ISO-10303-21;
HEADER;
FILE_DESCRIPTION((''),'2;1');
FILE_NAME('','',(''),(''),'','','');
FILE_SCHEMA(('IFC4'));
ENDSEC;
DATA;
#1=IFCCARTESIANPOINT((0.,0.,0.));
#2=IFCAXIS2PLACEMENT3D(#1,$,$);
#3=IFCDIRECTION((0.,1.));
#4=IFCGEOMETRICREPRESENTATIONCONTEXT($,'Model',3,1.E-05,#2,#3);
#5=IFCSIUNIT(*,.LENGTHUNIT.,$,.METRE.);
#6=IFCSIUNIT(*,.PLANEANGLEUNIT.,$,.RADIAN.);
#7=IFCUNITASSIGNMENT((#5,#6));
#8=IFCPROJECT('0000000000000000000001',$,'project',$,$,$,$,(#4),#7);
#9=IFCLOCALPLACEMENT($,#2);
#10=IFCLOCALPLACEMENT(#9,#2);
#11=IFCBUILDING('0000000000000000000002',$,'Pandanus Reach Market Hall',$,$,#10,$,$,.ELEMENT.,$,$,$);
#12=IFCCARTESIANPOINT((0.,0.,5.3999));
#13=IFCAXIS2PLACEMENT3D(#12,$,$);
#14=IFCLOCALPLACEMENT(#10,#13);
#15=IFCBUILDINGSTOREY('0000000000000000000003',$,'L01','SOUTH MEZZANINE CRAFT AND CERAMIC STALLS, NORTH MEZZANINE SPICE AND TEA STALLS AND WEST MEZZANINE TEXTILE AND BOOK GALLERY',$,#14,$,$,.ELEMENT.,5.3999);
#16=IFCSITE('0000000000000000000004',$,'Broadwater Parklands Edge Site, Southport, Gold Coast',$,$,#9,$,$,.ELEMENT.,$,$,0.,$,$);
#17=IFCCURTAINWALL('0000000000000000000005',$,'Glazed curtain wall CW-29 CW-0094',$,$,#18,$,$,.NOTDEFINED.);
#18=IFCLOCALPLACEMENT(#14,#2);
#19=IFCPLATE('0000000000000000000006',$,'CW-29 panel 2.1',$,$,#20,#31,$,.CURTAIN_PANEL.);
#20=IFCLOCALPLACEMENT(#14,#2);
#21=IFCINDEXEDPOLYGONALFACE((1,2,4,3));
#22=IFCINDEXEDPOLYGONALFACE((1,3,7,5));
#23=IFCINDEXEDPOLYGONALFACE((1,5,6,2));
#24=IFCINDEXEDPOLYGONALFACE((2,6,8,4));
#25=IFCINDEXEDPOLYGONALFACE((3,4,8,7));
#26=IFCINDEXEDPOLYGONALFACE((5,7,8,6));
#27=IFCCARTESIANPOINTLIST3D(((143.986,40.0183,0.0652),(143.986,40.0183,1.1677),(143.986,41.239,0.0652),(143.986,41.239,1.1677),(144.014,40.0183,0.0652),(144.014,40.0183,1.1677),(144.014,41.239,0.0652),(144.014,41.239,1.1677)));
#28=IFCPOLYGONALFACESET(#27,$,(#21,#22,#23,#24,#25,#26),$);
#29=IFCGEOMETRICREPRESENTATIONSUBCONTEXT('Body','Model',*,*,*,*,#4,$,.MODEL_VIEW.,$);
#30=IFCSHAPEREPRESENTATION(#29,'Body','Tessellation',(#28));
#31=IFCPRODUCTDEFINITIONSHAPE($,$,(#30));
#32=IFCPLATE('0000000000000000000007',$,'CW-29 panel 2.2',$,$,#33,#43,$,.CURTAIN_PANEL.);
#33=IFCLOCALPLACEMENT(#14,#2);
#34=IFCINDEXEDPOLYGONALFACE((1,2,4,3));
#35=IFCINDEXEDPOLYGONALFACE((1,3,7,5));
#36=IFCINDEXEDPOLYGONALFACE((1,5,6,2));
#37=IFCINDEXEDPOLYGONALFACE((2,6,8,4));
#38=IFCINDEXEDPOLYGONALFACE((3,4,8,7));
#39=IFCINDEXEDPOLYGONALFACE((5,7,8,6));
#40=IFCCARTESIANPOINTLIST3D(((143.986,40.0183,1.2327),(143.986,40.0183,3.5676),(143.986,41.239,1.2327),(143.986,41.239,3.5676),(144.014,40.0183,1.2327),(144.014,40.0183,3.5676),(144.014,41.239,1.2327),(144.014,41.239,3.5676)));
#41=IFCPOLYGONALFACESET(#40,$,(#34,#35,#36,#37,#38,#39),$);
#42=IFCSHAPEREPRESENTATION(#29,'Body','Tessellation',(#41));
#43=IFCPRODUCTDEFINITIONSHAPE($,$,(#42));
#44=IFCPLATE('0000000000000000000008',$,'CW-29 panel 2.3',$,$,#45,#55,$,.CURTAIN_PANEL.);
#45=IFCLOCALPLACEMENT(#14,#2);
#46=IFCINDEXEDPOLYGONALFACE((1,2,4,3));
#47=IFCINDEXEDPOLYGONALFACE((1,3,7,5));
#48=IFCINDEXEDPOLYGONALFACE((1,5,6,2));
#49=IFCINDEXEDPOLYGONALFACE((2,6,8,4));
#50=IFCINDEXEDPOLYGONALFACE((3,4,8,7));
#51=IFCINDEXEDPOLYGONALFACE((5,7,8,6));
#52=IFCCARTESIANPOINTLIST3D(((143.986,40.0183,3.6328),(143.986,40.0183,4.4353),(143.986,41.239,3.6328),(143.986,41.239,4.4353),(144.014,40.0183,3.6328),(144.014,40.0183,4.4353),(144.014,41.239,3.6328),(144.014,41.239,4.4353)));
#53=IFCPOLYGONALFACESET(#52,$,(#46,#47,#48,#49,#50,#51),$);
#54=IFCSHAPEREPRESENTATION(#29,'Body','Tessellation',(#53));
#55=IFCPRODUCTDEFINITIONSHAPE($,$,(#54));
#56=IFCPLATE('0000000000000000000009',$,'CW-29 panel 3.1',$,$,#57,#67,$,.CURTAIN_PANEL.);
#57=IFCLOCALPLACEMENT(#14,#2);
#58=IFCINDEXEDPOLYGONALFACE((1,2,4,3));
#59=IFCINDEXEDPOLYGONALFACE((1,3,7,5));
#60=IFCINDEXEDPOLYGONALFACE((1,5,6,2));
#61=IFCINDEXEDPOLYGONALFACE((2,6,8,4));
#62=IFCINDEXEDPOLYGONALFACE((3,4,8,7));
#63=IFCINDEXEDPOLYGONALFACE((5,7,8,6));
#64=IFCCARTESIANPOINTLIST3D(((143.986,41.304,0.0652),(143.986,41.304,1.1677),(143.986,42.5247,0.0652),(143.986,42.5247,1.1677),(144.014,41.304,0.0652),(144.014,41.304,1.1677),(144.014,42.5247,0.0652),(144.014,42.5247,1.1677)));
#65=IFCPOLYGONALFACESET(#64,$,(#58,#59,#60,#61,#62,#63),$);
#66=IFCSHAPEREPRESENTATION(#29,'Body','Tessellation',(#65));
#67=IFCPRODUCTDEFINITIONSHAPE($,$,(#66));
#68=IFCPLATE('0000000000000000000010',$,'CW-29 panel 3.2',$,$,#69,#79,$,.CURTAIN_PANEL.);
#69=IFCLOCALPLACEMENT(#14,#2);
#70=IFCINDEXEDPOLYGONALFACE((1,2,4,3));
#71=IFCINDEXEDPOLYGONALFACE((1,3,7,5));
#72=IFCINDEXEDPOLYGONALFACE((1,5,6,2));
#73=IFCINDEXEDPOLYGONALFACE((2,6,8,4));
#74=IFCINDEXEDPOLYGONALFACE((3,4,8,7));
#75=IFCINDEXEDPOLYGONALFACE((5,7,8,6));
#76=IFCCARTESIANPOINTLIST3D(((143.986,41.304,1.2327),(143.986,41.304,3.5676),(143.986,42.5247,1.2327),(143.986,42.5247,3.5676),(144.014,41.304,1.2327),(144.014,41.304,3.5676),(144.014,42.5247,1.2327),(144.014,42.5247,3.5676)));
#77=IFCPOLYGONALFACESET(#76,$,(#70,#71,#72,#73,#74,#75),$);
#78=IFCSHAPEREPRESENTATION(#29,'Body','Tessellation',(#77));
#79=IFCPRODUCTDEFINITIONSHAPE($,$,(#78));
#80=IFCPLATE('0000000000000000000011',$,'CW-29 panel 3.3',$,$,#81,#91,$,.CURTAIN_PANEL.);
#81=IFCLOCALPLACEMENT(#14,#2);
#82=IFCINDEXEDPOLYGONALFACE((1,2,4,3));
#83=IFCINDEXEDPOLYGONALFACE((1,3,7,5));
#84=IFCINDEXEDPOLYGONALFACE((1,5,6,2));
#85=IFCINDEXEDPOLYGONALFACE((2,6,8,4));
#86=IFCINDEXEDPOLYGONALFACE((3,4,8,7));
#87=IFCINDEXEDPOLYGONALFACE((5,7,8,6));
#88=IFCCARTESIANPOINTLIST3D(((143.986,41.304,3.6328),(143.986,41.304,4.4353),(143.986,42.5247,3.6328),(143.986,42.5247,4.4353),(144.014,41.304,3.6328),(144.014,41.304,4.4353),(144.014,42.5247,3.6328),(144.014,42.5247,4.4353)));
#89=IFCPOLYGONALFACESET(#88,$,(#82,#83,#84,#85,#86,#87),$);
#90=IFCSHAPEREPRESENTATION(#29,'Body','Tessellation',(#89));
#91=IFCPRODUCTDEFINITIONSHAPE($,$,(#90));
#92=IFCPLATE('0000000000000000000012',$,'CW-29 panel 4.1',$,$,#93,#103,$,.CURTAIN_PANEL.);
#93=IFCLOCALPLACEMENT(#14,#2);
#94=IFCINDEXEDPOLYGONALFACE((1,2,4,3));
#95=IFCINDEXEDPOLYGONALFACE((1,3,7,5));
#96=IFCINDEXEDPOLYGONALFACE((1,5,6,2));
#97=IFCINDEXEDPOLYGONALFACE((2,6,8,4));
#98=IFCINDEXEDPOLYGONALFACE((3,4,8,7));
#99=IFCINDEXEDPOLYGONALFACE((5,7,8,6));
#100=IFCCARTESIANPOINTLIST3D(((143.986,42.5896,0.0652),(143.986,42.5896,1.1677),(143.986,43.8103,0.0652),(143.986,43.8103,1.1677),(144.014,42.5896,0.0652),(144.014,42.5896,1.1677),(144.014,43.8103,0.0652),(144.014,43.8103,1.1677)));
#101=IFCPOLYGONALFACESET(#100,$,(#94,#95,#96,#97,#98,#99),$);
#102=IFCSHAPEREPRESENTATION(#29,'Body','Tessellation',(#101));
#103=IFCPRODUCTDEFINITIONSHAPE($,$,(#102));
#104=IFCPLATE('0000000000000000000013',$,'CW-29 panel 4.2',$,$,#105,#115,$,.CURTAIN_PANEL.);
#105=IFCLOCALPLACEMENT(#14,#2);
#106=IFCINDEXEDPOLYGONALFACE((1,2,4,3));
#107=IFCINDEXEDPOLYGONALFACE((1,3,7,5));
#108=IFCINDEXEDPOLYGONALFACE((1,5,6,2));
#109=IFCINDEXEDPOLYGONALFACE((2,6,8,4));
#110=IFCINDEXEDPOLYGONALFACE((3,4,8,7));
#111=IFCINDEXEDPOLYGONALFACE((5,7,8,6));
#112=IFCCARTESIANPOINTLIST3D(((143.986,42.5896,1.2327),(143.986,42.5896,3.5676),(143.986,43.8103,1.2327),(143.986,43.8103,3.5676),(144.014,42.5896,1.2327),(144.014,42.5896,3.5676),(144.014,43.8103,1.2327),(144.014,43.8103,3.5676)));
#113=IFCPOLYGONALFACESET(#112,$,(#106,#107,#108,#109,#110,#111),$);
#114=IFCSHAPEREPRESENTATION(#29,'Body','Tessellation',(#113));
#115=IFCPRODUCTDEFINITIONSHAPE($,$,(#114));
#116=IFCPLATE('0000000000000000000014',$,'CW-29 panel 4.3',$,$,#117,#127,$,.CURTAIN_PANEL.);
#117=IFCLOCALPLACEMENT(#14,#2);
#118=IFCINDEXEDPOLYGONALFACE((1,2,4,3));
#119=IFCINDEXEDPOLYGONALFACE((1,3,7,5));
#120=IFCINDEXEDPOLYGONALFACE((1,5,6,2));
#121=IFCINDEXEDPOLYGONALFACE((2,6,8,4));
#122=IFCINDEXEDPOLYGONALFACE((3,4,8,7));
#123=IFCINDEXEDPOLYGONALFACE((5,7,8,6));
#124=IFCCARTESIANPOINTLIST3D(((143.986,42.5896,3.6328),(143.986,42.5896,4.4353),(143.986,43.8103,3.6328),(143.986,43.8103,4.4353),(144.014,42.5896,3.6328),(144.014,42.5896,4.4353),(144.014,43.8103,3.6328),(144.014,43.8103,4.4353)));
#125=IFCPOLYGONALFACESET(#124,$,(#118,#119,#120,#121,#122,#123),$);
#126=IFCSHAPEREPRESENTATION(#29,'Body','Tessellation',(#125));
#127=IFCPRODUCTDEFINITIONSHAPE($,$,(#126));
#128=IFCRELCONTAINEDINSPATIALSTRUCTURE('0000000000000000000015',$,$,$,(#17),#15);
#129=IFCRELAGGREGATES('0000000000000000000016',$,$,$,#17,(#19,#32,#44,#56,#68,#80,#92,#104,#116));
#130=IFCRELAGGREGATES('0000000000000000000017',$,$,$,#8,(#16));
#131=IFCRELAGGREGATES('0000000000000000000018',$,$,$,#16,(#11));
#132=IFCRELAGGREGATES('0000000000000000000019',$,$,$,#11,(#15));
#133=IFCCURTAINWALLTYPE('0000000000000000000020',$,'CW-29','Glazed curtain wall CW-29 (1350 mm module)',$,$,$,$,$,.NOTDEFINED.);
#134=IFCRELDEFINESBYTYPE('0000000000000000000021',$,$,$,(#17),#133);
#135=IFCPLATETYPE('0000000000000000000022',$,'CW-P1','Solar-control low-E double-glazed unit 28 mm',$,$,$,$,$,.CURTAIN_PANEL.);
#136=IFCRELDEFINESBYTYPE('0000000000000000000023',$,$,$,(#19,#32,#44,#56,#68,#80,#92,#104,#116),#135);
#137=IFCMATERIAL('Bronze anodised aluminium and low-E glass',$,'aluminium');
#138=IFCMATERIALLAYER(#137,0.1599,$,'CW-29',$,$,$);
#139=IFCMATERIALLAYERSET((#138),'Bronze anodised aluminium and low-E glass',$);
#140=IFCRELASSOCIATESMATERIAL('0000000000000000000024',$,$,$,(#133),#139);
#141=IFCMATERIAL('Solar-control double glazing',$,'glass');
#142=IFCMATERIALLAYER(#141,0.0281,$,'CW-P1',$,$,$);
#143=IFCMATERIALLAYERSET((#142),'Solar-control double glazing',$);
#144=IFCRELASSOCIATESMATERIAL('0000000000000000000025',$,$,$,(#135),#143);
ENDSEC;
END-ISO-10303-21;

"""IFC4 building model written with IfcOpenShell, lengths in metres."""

from ifc_helpers import new_model, si_unit, direction, frame, origin, origin_2d, place, context, subcontext, project, spatial, rectangle, extrude, material, layer, layer_set, type_object, element, aggregate, save


model = new_model("IFC4")

# Units and contexts
model_context = context("Model", 3, precision=1e-05, world=origin(), true_north=direction((0.0, 1.0)))
body_context = subcontext(model_context, "Body", "Model", "MODEL_VIEW")
ifc_project = project(units=[si_unit("LENGTHUNIT", "METRE"), si_unit("PLANEANGLEUNIT", "RADIAN")], contexts=[model_context])

# Site, building, storey
site_placement = place(None, origin())
site = spatial("IfcSite", under=ifc_project, at=site_placement, Name="Broadwater Parklands Edge Site, Southport, Gold Coast", CompositionType="ELEMENT", RefElevation=0.0)
building_placement = place(site_placement, origin())
building = spatial("IfcBuilding", under=site, at=building_placement, Name="Pandanus Reach Market Hall", CompositionType="ELEMENT")
storey_placement = place(building_placement, frame((0.0, 0.0, 5.3999)))
storey = spatial("IfcBuildingStorey", under=building, at=storey_placement, Name="L01", Description="SOUTH MEZZANINE CRAFT AND CERAMIC STALLS, NORTH MEZZANINE SPICE AND TEA STALLS AND WEST MEZZANINE TEXTILE AND BOOK GALLERY", CompositionType="ELEMENT", Elevation=5.3999)

# Curtain wall, plates
ifc_material_1 = material(Name="Bronze anodised aluminium and low-E glass", Category="aluminium")
ifc_layer_1 = layer(ifc_material_1, 0.1599, Name="CW-29")
ifc_layer_set_1 = layer_set([ifc_layer_1], Name="Bronze anodised aluminium and low-E glass")
curtain_wall_type = type_object("IfcCurtainWallType", Name="CW-29", Description="Glazed curtain wall CW-29 (1350 mm module)", PredefinedType="NOTDEFINED", material=ifc_layer_set_1)
curtain_wall_placement = place(storey_placement, origin())
curtain_wall = element("IfcCurtainWall", 1, at=curtain_wall_placement, inside=storey, type_object=curtain_wall_type, Name="Glazed curtain wall CW-29 CW-0094", PredefinedType="NOTDEFINED")
ifc_material_2 = material(Name="Solar-control double glazing", Category="glass")
ifc_layer_2 = layer(ifc_material_2, 0.0281, Name="CW-P1")
ifc_layer_set_2 = layer_set([ifc_layer_2], Name="Solar-control double glazing")
plate_type = type_object("IfcPlateType", Name="CW-P1", Description="Solar-control low-E double-glazed unit 28 mm", PredefinedType="CURTAIN_PANEL", material=ifc_layer_set_2)
plate_1_placement = place(storey_placement, frame((144.0, 40.6287, 0.0652), z_axis=(0.0, 0.0, 1.0), x_axis=(0.0, 1.0, 0.0)))
plate_1 = element("IfcPlate", 2, at=plate_1_placement, type_object=plate_type, Name="CW-29 panel 2.1", PredefinedType="CURTAIN_PANEL", context=body_context, shape_type="SweptSolid", body=[
    extrude(rectangle(XDim=1.2207, YDim=0.0281, at=origin_2d()), origin(), (0.0, 0.0, 1.0), 1.1025),
])
plate_2_placement = place(storey_placement, frame((144.0, 40.6287, 1.2327), z_axis=(0.0, 0.0, 1.0), x_axis=(0.0, 1.0, 0.0)))
plate_2 = element("IfcPlate", 3, at=plate_2_placement, type_object=plate_type, Name="CW-29 panel 2.2", PredefinedType="CURTAIN_PANEL", context=body_context, shape_type="SweptSolid", body=[
    extrude(rectangle(XDim=1.2207, YDim=0.0281, at=origin_2d()), origin(), (0.0, 0.0, 1.0), 2.335),
])
plate_3_placement = place(storey_placement, frame((144.0, 40.6287, 3.6328), z_axis=(0.0, 0.0, 1.0), x_axis=(0.0, 1.0, 0.0)))
plate_3 = element("IfcPlate", 4, at=plate_3_placement, type_object=plate_type, Name="CW-29 panel 2.3", PredefinedType="CURTAIN_PANEL", context=body_context, shape_type="SweptSolid", body=[
    extrude(rectangle(XDim=1.2207, YDim=0.0281, at=origin_2d()), origin(), (0.0, 0.0, 1.0), 0.8025),
])
plate_4_placement = place(storey_placement, frame((144.0, 41.9143, 0.0652), z_axis=(0.0, 0.0, 1.0), x_axis=(0.0, 1.0, 0.0)))
plate_4 = element("IfcPlate", 5, at=plate_4_placement, type_object=plate_type, Name="CW-29 panel 3.1", PredefinedType="CURTAIN_PANEL", context=body_context, shape_type="SweptSolid", body=[
    extrude(rectangle(XDim=1.2207, YDim=0.0281, at=origin_2d()), origin(), (0.0, 0.0, 1.0), 1.1025),
])
plate_5_placement = place(storey_placement, frame((144.0, 41.9143, 1.2327), z_axis=(0.0, 0.0, 1.0), x_axis=(0.0, 1.0, 0.0)))
plate_5 = element("IfcPlate", 6, at=plate_5_placement, type_object=plate_type, Name="CW-29 panel 3.2", PredefinedType="CURTAIN_PANEL", context=body_context, shape_type="SweptSolid", body=[
    extrude(rectangle(XDim=1.2207, YDim=0.0281, at=origin_2d()), origin(), (0.0, 0.0, 1.0), 2.335),
])
plate_6_placement = place(storey_placement, frame((144.0, 41.9143, 3.6328), z_axis=(0.0, 0.0, 1.0), x_axis=(0.0, 1.0, 0.0)))
plate_6 = element("IfcPlate", 7, at=plate_6_placement, type_object=plate_type, Name="CW-29 panel 3.3", PredefinedType="CURTAIN_PANEL", context=body_context, shape_type="SweptSolid", body=[
    extrude(rectangle(XDim=1.2207, YDim=0.0281, at=origin_2d()), origin(), (0.0, 0.0, 1.0), 0.8025),
])
plate_7_placement = place(storey_placement, frame((144.0, 43.2, 0.0652), z_axis=(0.0, 0.0, 1.0), x_axis=(0.0, 1.0, 0.0)))
plate_7 = element("IfcPlate", 8, at=plate_7_placement, type_object=plate_type, Name="CW-29 panel 4.1", PredefinedType="CURTAIN_PANEL", context=body_context, shape_type="SweptSolid", body=[
    extrude(rectangle(XDim=1.2207, YDim=0.0281, at=origin_2d()), origin(), (0.0, 0.0, 1.0), 1.1025),
])
plate_8_placement = place(storey_placement, frame((144.0, 43.2, 1.2327), z_axis=(0.0, 0.0, 1.0), x_axis=(0.0, 1.0, 0.0)))
plate_8 = element("IfcPlate", 9, at=plate_8_placement, type_object=plate_type, Name="CW-29 panel 4.2", PredefinedType="CURTAIN_PANEL", context=body_context, shape_type="SweptSolid", body=[
    extrude(rectangle(XDim=1.2207, YDim=0.0281, at=origin_2d()), origin(), (0.0, 0.0, 1.0), 2.335),
])
plate_9_placement = place(storey_placement, frame((144.0, 43.2, 3.6328), z_axis=(0.0, 0.0, 1.0), x_axis=(0.0, 1.0, 0.0)))
plate_9 = element("IfcPlate", 10, at=plate_9_placement, type_object=plate_type, Name="CW-29 panel 4.3", PredefinedType="CURTAIN_PANEL", context=body_context, shape_type="SweptSolid", body=[
    extrude(rectangle(XDim=1.2207, YDim=0.0281, at=origin_2d()), origin(), (0.0, 0.0, 1.0), 0.8025),
])
aggregate(curtain_wall, [plate_1, plate_2, plate_3, plate_4, plate_5, plate_6, plate_7, plate_8, plate_9])

save(model, "model.ifc")
